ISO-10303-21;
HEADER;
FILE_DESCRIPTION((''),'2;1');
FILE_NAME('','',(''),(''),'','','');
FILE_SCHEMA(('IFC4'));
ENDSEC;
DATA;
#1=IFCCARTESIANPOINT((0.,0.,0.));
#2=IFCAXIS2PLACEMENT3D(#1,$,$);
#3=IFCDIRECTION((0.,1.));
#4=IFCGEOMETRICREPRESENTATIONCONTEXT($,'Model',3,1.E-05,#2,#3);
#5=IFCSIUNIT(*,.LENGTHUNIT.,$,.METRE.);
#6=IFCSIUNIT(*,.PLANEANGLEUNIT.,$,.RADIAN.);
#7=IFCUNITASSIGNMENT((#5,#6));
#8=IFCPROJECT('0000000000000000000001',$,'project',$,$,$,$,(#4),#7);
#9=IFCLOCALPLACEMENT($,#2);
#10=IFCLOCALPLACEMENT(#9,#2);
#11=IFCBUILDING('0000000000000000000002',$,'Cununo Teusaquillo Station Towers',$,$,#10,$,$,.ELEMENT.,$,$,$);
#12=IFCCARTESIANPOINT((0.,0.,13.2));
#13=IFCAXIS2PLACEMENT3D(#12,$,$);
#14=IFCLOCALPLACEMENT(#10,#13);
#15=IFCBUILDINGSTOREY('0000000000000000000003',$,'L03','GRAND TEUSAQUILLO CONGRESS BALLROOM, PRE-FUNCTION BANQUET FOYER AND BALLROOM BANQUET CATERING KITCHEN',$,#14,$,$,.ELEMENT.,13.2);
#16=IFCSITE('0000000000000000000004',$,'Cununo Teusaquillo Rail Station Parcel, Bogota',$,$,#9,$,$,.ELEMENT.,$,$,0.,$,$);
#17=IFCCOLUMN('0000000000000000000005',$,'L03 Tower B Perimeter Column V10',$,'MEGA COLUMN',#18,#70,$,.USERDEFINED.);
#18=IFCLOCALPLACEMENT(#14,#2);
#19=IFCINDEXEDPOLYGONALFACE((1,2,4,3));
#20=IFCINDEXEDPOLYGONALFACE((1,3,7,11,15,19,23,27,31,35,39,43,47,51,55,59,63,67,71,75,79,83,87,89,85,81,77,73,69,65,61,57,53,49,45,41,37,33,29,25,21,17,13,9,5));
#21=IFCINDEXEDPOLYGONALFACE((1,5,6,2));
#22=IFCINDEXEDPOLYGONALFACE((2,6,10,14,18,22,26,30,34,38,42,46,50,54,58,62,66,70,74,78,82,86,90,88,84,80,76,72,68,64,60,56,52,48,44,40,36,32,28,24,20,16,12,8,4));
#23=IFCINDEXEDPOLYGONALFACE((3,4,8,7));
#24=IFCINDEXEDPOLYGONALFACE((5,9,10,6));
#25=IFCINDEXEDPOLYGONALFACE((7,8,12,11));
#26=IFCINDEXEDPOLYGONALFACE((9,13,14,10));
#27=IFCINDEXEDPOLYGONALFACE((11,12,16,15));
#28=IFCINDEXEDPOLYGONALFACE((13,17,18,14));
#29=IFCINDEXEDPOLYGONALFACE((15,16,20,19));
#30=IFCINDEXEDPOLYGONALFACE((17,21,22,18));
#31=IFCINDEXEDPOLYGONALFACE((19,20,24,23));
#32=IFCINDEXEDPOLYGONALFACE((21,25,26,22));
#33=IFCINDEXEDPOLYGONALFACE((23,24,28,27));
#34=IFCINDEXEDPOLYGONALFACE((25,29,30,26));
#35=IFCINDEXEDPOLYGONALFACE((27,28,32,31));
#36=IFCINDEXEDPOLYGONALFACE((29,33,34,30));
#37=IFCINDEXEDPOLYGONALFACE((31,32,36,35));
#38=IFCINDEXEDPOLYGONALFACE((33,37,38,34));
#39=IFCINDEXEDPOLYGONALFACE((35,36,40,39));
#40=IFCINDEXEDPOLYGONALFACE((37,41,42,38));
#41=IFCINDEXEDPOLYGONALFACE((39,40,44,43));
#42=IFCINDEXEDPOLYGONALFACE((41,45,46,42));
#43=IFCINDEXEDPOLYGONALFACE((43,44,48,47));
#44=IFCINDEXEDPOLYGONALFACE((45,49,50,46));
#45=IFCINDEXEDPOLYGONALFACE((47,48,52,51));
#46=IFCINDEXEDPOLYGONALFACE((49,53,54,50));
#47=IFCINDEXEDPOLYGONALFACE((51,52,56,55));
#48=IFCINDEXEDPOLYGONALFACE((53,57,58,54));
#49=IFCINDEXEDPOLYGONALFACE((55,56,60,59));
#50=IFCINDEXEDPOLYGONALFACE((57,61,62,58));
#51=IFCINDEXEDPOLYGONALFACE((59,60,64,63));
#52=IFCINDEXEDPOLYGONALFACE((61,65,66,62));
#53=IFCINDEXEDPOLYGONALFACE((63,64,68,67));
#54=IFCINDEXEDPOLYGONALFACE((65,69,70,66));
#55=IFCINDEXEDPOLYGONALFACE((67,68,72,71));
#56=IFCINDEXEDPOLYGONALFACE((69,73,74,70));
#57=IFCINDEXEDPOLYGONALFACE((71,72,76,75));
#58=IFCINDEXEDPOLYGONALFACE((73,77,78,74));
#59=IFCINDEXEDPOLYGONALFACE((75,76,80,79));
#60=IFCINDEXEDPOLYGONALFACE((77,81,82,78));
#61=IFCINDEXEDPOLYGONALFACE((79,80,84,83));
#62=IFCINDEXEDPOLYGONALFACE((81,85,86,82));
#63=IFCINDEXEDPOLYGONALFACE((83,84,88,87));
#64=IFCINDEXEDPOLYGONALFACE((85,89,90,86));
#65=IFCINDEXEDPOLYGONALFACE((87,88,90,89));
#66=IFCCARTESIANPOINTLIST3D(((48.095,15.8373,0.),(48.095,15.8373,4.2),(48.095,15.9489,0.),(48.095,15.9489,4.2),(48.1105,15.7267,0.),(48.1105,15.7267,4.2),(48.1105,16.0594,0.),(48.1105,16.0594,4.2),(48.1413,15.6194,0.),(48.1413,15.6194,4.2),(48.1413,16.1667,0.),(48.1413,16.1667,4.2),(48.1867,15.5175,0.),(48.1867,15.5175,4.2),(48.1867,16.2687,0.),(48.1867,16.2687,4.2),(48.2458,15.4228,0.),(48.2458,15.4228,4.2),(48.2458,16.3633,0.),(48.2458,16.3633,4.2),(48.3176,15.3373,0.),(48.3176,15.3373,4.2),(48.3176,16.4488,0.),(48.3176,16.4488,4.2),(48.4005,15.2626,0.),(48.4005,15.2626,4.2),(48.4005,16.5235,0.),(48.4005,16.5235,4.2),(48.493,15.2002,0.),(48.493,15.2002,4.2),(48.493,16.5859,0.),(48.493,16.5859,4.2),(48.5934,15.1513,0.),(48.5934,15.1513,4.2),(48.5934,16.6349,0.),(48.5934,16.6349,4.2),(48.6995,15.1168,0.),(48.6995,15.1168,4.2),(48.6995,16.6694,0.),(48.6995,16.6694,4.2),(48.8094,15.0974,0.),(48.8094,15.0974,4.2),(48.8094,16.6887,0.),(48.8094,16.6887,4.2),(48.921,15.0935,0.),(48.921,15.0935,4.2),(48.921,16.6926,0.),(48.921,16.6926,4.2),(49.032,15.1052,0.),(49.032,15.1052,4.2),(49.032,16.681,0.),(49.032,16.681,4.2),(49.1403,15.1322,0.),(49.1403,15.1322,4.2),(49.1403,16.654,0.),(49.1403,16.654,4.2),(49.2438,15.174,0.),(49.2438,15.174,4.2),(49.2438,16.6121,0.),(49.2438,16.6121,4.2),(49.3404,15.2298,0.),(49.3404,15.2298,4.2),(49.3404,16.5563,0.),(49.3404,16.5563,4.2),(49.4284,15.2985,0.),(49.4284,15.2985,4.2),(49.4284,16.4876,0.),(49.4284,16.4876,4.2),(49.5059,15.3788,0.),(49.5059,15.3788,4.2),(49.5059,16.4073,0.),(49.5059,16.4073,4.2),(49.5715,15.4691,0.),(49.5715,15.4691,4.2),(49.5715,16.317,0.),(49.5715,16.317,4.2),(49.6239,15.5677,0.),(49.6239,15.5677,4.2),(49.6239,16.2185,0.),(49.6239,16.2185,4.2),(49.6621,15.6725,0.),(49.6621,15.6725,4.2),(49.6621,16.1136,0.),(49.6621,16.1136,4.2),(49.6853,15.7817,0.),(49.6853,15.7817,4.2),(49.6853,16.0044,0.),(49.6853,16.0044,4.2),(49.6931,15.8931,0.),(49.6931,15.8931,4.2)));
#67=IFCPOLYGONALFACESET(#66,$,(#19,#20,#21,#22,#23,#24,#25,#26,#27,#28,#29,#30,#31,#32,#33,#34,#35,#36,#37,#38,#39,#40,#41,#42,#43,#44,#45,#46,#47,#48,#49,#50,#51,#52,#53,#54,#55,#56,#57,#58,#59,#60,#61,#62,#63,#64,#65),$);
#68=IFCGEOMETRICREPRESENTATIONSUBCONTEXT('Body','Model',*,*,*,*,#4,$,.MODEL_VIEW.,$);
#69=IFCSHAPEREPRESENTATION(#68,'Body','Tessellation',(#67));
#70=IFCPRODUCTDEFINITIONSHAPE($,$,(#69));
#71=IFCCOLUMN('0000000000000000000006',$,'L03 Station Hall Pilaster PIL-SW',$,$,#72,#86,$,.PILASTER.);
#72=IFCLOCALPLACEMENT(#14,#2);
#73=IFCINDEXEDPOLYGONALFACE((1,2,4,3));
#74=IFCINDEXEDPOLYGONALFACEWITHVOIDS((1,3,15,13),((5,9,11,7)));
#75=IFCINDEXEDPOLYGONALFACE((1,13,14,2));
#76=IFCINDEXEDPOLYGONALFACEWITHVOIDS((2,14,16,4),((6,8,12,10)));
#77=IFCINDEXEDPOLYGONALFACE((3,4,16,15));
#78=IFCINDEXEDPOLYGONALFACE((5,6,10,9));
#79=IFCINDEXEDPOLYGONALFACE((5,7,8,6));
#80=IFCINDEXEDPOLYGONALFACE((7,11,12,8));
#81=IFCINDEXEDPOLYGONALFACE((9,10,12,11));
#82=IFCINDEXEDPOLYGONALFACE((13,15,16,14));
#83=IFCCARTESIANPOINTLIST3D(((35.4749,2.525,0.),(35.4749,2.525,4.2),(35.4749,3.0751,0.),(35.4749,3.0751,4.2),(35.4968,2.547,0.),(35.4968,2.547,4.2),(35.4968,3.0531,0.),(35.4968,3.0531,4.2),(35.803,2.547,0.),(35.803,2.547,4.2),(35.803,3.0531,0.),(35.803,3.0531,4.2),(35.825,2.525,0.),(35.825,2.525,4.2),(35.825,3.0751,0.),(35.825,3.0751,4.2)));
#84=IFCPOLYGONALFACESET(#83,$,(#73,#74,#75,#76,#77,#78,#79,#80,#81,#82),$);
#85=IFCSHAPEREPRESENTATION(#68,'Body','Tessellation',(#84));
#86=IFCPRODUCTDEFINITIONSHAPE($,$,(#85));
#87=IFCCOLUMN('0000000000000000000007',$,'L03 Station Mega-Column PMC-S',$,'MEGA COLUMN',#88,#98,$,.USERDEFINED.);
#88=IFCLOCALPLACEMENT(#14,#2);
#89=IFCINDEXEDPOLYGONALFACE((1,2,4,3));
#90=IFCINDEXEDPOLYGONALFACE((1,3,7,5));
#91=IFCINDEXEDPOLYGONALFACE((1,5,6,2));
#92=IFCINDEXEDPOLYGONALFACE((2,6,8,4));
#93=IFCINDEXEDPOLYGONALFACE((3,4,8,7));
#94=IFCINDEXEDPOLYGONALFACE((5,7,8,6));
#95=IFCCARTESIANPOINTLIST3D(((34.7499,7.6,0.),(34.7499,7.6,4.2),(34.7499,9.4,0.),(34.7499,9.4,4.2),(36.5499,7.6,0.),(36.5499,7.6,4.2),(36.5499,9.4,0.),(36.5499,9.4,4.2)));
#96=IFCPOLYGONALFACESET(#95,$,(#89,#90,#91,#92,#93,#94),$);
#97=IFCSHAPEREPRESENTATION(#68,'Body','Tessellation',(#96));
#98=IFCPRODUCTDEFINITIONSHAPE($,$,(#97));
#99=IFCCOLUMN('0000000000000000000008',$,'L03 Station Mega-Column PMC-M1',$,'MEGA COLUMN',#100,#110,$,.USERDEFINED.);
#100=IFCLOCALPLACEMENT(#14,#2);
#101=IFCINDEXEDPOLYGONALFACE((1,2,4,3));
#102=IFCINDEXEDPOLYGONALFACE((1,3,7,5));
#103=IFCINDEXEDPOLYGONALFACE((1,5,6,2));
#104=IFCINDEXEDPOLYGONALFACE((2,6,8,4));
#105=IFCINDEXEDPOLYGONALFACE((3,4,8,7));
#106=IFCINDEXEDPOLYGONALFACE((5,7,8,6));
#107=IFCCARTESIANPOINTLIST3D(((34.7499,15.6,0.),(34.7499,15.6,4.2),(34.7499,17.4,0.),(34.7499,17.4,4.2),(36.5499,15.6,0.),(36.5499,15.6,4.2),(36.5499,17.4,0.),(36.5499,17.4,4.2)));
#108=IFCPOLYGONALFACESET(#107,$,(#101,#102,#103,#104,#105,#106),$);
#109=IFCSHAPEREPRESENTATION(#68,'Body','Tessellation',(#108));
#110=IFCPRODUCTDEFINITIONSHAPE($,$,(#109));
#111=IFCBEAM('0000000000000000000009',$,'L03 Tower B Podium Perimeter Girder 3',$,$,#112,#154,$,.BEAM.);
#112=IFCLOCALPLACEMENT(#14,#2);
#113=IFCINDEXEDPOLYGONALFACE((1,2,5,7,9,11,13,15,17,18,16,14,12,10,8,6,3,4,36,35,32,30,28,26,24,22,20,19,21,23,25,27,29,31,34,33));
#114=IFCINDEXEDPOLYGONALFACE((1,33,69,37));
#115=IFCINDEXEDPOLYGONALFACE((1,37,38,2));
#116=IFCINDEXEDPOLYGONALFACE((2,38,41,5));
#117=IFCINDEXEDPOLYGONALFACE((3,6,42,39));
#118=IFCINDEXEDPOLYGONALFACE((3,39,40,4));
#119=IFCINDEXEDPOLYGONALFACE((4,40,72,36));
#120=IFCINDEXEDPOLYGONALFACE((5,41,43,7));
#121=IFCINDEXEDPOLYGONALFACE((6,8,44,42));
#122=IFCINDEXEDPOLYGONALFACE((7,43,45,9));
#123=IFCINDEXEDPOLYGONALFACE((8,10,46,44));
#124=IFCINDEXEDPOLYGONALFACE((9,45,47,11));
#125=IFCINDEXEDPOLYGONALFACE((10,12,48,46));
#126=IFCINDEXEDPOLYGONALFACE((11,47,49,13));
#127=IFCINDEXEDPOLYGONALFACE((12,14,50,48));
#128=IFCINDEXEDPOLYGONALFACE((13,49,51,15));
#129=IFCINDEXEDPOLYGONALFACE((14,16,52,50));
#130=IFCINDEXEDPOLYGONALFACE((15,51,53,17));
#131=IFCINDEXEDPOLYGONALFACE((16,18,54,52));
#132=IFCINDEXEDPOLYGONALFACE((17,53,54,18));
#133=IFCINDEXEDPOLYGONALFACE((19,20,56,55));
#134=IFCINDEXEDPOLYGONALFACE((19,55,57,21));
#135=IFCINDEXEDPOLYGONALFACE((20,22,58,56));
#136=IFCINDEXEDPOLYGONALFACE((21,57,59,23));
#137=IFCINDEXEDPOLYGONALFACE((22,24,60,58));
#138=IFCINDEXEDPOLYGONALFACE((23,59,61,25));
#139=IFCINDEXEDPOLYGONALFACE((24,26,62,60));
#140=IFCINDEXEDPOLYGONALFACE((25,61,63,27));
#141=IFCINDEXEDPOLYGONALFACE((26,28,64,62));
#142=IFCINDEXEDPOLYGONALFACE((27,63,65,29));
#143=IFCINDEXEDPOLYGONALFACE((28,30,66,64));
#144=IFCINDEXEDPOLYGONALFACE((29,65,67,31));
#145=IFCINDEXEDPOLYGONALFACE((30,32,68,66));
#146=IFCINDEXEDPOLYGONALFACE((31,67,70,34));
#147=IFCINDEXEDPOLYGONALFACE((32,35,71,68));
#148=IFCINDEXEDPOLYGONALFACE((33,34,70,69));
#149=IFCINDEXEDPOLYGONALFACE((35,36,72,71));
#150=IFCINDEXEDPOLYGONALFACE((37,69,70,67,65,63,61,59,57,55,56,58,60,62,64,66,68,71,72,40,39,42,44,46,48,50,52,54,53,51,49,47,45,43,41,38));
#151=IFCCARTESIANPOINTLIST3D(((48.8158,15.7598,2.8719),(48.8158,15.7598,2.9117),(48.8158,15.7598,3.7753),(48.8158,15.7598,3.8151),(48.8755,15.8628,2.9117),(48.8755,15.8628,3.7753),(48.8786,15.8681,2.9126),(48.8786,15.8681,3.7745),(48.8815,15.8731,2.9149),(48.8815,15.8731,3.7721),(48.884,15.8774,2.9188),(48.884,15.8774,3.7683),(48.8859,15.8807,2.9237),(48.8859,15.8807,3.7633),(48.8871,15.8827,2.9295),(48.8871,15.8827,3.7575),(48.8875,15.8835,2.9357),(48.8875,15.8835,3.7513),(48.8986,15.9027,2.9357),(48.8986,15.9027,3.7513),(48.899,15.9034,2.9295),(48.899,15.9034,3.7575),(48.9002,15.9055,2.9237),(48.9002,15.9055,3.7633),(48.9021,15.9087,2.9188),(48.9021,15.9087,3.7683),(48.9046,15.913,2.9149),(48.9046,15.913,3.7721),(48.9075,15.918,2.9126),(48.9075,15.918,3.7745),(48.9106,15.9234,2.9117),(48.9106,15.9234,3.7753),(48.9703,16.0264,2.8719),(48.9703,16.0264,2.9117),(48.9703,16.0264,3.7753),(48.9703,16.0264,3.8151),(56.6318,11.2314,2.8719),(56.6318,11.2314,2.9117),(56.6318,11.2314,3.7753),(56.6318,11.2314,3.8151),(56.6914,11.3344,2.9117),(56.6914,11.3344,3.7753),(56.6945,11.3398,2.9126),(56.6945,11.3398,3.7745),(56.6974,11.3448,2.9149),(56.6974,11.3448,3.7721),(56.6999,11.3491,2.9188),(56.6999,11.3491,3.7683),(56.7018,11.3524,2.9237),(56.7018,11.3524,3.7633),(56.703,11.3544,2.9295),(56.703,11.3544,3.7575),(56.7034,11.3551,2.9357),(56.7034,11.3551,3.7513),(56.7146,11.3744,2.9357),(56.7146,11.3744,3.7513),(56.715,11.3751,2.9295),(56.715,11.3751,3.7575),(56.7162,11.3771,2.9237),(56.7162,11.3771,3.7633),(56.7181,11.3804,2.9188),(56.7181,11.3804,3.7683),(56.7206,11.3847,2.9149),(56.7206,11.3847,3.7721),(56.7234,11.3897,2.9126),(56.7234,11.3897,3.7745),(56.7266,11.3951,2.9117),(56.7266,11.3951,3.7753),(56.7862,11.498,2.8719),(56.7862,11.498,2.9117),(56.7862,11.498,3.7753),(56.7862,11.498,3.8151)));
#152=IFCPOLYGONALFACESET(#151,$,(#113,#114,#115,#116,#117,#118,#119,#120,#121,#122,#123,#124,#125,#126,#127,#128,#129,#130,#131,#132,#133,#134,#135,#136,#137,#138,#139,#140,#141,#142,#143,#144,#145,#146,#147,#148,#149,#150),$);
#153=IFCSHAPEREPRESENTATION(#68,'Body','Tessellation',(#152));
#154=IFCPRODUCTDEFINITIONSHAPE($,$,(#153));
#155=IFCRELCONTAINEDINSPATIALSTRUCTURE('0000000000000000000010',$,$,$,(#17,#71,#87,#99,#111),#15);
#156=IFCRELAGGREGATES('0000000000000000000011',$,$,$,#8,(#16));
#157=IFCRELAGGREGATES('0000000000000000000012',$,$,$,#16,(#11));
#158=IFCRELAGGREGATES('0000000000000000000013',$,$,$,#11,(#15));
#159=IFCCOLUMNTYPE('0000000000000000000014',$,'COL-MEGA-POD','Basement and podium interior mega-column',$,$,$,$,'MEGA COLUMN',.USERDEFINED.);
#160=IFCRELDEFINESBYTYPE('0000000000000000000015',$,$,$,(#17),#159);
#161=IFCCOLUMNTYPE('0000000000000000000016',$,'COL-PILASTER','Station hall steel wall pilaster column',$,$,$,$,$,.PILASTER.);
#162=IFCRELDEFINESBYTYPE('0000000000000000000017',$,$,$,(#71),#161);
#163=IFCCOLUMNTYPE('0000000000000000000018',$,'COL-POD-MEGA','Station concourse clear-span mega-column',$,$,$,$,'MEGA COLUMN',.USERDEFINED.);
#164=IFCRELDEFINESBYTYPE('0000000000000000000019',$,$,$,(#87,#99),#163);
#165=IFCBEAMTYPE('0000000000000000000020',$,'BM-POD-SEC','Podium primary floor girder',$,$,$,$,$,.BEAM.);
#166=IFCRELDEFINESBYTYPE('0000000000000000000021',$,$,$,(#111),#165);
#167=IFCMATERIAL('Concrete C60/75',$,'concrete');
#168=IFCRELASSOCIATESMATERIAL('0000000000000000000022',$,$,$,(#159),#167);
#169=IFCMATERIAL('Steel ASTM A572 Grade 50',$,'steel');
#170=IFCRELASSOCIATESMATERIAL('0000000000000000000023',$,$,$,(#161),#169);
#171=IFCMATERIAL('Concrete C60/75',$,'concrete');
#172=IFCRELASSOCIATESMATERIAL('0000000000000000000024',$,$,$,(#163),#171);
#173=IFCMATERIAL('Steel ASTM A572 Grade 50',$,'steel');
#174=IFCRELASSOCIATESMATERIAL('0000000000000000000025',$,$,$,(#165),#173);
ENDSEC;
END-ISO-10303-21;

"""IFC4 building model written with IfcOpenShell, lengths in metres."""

from ifc_helpers import new_model, si_unit, direction, frame, origin, origin_2d, place, context, subcontext, project, spatial, rectangle, hollow_rectangle, circle, i_section, extrude, material, material_profile, profile_set, type_object, element, save


model = new_model("IFC4")

# Units and contexts
model_context = context("Model", 3, precision=1e-05, world=origin(), true_north=direction((0.0, 1.0)))
body_context = subcontext(model_context, "Body", "Model", "MODEL_VIEW")
ifc_project = project(units=[si_unit("LENGTHUNIT", "METRE"), si_unit("PLANEANGLEUNIT", "RADIAN")], contexts=[model_context])

# Site, building, storey
site_placement = place(None, origin())
site = spatial("IfcSite", under=ifc_project, at=site_placement, Name="Cununo Teusaquillo Rail Station Parcel, Bogota", CompositionType="ELEMENT", RefElevation=0.0)
building_placement = place(site_placement, origin())
building = spatial("IfcBuilding", under=site, at=building_placement, Name="Cununo Teusaquillo Station Towers", CompositionType="ELEMENT")
storey_placement = place(building_placement, frame((0.0, 0.0, 13.2)))
storey = spatial("IfcBuildingStorey", under=building, at=storey_placement, Name="L03", Description="GRAND TEUSAQUILLO CONGRESS BALLROOM, PRE-FUNCTION BANQUET FOYER AND BALLROOM BANQUET CATERING KITCHEN", CompositionType="ELEMENT", Elevation=13.2)

# Columns
ifc_material_1 = material(Name="Concrete C60/75", Category="concrete")
ifc_material_profile_1 = material_profile(ifc_material_1, circle(Radius=0.8, at=origin_2d()), Name="RC-CIRC-1600")
ifc_profile_set_1 = profile_set([ifc_material_profile_1], Name="Concrete C60/75")
column_type_1 = type_object("IfcColumnType", Name="COL-MEGA-POD", Description="Basement and podium interior mega-column", ElementType="MEGA COLUMN", PredefinedType="USERDEFINED", material=ifc_profile_set_1)
column_1_placement = place(storey_placement, frame((48.8931, 15.8931, 0.0), z_axis=(0.0, 0.0, 1.0), x_axis=(1.0, 0.0, 0.0)))
element("IfcColumn", 1, at=column_1_placement, inside=storey, type_object=column_type_1, Name="L03 Tower B Perimeter Column V10", ObjectType="MEGA COLUMN", PredefinedType="USERDEFINED", context=body_context, shape_type="SweptSolid", body=[
    extrude(circle(Radius=0.8, at=origin_2d()), origin(), (0.0, 0.0, 1.0), 4.2),
])
ifc_material_2 = material(Name="Steel ASTM A572 Grade 50", Category="steel")
ifc_material_profile_2 = material_profile(ifc_material_2, hollow_rectangle(XDim=0.3501, YDim=0.55, WallThickness=0.022, at=origin_2d()), Name="RHS 550x350x22")
ifc_profile_set_2 = profile_set([ifc_material_profile_2], Name="Steel ASTM A572 Grade 50")
column_type_2 = type_object("IfcColumnType", Name="COL-PILASTER", Description="Station hall steel wall pilaster column", PredefinedType="PILASTER", material=ifc_profile_set_2)
column_2_placement = place(storey_placement, frame((35.6499, 2.8, 0.0), z_axis=(0.0, 0.0, 1.0), x_axis=(1.0, 0.0, 0.0)))
element("IfcColumn", 2, at=column_2_placement, inside=storey, type_object=column_type_2, Name="L03 Station Hall Pilaster PIL-SW", PredefinedType="PILASTER", context=body_context, shape_type="SweptSolid", body=[
    extrude(hollow_rectangle(XDim=0.3501, YDim=0.55, WallThickness=0.022, at=origin_2d()), origin(), (0.0, 0.0, 1.0), 4.2),
])
ifc_material_3 = material(Name="Concrete C60/75", Category="concrete")
ifc_material_profile_3 = material_profile(ifc_material_3, rectangle(XDim=1.8, YDim=1.8, at=origin_2d()), Name="RC-RECT-1800x1800")
ifc_profile_set_3 = profile_set([ifc_material_profile_3], Name="Concrete C60/75")
column_type_3 = type_object("IfcColumnType", Name="COL-POD-MEGA", Description="Station concourse clear-span mega-column", ElementType="MEGA COLUMN", PredefinedType="USERDEFINED", material=ifc_profile_set_3)
for number, where, z_axis, x_axis, name in (
    (3, (35.6499, 8.5, 0.0), (0.0, 0.0, 1.0), (1.0, 0.0, 0.0), "L03 Station Mega-Column PMC-S"),
    (4, (35.6499, 16.5, 0.0), (0.0, 0.0, 1.0), (1.0, 0.0, 0.0), "L03 Station Mega-Column PMC-M1"),
):
    element("IfcColumn", number, at=place(storey_placement, frame(where, z_axis=z_axis, x_axis=x_axis)), inside=storey, type_object=column_type_3, Name=name, ObjectType="MEGA COLUMN", PredefinedType="USERDEFINED", context=body_context, shape_type="SweptSolid", body=[
        extrude(rectangle(XDim=1.8, YDim=1.8, at=origin_2d()), origin(), (0.0, 0.0, 1.0), 4.2),
    ])

# Beam
ifc_material_4 = material(Name="Steel ASTM A572 Grade 50", Category="steel")
ifc_material_profile_4 = material_profile(ifc_material_4, i_section(OverallWidth=0.3081, OverallDepth=0.9431, WebThickness=0.0222, FlangeThickness=0.0398, FilletRadius=0.0239, at=origin_2d()), Name="W36X232")
ifc_profile_set_4 = profile_set([ifc_material_profile_4], Name="Steel ASTM A572 Grade 50")
beam_type_1 = type_object("IfcBeamType", Name="BM-POD-SEC", Description="Podium primary floor girder", PredefinedType="BEAM", material=ifc_profile_set_4)
beam_1_placement = place(storey_placement, frame((48.8931, 15.8931, 3.3435), z_axis=(0.865267, -0.501311, 0.0), x_axis=(0.501311, 0.865267, 0.0)))
element("IfcBeam", 5, at=beam_1_placement, inside=storey, type_object=beam_type_1, Name="L03 Tower B Podium Perimeter Girder 3", PredefinedType="BEAM", context=body_context, shape_type="SweptSolid", body=[
    extrude(i_section(OverallWidth=0.3081, OverallDepth=0.9431, WebThickness=0.0222, FlangeThickness=0.0398, FilletRadius=0.0239, at=origin_2d()), origin(), (0.0, 0.0, 1.0), 9.033),
])

save(model, "model.ifc")
